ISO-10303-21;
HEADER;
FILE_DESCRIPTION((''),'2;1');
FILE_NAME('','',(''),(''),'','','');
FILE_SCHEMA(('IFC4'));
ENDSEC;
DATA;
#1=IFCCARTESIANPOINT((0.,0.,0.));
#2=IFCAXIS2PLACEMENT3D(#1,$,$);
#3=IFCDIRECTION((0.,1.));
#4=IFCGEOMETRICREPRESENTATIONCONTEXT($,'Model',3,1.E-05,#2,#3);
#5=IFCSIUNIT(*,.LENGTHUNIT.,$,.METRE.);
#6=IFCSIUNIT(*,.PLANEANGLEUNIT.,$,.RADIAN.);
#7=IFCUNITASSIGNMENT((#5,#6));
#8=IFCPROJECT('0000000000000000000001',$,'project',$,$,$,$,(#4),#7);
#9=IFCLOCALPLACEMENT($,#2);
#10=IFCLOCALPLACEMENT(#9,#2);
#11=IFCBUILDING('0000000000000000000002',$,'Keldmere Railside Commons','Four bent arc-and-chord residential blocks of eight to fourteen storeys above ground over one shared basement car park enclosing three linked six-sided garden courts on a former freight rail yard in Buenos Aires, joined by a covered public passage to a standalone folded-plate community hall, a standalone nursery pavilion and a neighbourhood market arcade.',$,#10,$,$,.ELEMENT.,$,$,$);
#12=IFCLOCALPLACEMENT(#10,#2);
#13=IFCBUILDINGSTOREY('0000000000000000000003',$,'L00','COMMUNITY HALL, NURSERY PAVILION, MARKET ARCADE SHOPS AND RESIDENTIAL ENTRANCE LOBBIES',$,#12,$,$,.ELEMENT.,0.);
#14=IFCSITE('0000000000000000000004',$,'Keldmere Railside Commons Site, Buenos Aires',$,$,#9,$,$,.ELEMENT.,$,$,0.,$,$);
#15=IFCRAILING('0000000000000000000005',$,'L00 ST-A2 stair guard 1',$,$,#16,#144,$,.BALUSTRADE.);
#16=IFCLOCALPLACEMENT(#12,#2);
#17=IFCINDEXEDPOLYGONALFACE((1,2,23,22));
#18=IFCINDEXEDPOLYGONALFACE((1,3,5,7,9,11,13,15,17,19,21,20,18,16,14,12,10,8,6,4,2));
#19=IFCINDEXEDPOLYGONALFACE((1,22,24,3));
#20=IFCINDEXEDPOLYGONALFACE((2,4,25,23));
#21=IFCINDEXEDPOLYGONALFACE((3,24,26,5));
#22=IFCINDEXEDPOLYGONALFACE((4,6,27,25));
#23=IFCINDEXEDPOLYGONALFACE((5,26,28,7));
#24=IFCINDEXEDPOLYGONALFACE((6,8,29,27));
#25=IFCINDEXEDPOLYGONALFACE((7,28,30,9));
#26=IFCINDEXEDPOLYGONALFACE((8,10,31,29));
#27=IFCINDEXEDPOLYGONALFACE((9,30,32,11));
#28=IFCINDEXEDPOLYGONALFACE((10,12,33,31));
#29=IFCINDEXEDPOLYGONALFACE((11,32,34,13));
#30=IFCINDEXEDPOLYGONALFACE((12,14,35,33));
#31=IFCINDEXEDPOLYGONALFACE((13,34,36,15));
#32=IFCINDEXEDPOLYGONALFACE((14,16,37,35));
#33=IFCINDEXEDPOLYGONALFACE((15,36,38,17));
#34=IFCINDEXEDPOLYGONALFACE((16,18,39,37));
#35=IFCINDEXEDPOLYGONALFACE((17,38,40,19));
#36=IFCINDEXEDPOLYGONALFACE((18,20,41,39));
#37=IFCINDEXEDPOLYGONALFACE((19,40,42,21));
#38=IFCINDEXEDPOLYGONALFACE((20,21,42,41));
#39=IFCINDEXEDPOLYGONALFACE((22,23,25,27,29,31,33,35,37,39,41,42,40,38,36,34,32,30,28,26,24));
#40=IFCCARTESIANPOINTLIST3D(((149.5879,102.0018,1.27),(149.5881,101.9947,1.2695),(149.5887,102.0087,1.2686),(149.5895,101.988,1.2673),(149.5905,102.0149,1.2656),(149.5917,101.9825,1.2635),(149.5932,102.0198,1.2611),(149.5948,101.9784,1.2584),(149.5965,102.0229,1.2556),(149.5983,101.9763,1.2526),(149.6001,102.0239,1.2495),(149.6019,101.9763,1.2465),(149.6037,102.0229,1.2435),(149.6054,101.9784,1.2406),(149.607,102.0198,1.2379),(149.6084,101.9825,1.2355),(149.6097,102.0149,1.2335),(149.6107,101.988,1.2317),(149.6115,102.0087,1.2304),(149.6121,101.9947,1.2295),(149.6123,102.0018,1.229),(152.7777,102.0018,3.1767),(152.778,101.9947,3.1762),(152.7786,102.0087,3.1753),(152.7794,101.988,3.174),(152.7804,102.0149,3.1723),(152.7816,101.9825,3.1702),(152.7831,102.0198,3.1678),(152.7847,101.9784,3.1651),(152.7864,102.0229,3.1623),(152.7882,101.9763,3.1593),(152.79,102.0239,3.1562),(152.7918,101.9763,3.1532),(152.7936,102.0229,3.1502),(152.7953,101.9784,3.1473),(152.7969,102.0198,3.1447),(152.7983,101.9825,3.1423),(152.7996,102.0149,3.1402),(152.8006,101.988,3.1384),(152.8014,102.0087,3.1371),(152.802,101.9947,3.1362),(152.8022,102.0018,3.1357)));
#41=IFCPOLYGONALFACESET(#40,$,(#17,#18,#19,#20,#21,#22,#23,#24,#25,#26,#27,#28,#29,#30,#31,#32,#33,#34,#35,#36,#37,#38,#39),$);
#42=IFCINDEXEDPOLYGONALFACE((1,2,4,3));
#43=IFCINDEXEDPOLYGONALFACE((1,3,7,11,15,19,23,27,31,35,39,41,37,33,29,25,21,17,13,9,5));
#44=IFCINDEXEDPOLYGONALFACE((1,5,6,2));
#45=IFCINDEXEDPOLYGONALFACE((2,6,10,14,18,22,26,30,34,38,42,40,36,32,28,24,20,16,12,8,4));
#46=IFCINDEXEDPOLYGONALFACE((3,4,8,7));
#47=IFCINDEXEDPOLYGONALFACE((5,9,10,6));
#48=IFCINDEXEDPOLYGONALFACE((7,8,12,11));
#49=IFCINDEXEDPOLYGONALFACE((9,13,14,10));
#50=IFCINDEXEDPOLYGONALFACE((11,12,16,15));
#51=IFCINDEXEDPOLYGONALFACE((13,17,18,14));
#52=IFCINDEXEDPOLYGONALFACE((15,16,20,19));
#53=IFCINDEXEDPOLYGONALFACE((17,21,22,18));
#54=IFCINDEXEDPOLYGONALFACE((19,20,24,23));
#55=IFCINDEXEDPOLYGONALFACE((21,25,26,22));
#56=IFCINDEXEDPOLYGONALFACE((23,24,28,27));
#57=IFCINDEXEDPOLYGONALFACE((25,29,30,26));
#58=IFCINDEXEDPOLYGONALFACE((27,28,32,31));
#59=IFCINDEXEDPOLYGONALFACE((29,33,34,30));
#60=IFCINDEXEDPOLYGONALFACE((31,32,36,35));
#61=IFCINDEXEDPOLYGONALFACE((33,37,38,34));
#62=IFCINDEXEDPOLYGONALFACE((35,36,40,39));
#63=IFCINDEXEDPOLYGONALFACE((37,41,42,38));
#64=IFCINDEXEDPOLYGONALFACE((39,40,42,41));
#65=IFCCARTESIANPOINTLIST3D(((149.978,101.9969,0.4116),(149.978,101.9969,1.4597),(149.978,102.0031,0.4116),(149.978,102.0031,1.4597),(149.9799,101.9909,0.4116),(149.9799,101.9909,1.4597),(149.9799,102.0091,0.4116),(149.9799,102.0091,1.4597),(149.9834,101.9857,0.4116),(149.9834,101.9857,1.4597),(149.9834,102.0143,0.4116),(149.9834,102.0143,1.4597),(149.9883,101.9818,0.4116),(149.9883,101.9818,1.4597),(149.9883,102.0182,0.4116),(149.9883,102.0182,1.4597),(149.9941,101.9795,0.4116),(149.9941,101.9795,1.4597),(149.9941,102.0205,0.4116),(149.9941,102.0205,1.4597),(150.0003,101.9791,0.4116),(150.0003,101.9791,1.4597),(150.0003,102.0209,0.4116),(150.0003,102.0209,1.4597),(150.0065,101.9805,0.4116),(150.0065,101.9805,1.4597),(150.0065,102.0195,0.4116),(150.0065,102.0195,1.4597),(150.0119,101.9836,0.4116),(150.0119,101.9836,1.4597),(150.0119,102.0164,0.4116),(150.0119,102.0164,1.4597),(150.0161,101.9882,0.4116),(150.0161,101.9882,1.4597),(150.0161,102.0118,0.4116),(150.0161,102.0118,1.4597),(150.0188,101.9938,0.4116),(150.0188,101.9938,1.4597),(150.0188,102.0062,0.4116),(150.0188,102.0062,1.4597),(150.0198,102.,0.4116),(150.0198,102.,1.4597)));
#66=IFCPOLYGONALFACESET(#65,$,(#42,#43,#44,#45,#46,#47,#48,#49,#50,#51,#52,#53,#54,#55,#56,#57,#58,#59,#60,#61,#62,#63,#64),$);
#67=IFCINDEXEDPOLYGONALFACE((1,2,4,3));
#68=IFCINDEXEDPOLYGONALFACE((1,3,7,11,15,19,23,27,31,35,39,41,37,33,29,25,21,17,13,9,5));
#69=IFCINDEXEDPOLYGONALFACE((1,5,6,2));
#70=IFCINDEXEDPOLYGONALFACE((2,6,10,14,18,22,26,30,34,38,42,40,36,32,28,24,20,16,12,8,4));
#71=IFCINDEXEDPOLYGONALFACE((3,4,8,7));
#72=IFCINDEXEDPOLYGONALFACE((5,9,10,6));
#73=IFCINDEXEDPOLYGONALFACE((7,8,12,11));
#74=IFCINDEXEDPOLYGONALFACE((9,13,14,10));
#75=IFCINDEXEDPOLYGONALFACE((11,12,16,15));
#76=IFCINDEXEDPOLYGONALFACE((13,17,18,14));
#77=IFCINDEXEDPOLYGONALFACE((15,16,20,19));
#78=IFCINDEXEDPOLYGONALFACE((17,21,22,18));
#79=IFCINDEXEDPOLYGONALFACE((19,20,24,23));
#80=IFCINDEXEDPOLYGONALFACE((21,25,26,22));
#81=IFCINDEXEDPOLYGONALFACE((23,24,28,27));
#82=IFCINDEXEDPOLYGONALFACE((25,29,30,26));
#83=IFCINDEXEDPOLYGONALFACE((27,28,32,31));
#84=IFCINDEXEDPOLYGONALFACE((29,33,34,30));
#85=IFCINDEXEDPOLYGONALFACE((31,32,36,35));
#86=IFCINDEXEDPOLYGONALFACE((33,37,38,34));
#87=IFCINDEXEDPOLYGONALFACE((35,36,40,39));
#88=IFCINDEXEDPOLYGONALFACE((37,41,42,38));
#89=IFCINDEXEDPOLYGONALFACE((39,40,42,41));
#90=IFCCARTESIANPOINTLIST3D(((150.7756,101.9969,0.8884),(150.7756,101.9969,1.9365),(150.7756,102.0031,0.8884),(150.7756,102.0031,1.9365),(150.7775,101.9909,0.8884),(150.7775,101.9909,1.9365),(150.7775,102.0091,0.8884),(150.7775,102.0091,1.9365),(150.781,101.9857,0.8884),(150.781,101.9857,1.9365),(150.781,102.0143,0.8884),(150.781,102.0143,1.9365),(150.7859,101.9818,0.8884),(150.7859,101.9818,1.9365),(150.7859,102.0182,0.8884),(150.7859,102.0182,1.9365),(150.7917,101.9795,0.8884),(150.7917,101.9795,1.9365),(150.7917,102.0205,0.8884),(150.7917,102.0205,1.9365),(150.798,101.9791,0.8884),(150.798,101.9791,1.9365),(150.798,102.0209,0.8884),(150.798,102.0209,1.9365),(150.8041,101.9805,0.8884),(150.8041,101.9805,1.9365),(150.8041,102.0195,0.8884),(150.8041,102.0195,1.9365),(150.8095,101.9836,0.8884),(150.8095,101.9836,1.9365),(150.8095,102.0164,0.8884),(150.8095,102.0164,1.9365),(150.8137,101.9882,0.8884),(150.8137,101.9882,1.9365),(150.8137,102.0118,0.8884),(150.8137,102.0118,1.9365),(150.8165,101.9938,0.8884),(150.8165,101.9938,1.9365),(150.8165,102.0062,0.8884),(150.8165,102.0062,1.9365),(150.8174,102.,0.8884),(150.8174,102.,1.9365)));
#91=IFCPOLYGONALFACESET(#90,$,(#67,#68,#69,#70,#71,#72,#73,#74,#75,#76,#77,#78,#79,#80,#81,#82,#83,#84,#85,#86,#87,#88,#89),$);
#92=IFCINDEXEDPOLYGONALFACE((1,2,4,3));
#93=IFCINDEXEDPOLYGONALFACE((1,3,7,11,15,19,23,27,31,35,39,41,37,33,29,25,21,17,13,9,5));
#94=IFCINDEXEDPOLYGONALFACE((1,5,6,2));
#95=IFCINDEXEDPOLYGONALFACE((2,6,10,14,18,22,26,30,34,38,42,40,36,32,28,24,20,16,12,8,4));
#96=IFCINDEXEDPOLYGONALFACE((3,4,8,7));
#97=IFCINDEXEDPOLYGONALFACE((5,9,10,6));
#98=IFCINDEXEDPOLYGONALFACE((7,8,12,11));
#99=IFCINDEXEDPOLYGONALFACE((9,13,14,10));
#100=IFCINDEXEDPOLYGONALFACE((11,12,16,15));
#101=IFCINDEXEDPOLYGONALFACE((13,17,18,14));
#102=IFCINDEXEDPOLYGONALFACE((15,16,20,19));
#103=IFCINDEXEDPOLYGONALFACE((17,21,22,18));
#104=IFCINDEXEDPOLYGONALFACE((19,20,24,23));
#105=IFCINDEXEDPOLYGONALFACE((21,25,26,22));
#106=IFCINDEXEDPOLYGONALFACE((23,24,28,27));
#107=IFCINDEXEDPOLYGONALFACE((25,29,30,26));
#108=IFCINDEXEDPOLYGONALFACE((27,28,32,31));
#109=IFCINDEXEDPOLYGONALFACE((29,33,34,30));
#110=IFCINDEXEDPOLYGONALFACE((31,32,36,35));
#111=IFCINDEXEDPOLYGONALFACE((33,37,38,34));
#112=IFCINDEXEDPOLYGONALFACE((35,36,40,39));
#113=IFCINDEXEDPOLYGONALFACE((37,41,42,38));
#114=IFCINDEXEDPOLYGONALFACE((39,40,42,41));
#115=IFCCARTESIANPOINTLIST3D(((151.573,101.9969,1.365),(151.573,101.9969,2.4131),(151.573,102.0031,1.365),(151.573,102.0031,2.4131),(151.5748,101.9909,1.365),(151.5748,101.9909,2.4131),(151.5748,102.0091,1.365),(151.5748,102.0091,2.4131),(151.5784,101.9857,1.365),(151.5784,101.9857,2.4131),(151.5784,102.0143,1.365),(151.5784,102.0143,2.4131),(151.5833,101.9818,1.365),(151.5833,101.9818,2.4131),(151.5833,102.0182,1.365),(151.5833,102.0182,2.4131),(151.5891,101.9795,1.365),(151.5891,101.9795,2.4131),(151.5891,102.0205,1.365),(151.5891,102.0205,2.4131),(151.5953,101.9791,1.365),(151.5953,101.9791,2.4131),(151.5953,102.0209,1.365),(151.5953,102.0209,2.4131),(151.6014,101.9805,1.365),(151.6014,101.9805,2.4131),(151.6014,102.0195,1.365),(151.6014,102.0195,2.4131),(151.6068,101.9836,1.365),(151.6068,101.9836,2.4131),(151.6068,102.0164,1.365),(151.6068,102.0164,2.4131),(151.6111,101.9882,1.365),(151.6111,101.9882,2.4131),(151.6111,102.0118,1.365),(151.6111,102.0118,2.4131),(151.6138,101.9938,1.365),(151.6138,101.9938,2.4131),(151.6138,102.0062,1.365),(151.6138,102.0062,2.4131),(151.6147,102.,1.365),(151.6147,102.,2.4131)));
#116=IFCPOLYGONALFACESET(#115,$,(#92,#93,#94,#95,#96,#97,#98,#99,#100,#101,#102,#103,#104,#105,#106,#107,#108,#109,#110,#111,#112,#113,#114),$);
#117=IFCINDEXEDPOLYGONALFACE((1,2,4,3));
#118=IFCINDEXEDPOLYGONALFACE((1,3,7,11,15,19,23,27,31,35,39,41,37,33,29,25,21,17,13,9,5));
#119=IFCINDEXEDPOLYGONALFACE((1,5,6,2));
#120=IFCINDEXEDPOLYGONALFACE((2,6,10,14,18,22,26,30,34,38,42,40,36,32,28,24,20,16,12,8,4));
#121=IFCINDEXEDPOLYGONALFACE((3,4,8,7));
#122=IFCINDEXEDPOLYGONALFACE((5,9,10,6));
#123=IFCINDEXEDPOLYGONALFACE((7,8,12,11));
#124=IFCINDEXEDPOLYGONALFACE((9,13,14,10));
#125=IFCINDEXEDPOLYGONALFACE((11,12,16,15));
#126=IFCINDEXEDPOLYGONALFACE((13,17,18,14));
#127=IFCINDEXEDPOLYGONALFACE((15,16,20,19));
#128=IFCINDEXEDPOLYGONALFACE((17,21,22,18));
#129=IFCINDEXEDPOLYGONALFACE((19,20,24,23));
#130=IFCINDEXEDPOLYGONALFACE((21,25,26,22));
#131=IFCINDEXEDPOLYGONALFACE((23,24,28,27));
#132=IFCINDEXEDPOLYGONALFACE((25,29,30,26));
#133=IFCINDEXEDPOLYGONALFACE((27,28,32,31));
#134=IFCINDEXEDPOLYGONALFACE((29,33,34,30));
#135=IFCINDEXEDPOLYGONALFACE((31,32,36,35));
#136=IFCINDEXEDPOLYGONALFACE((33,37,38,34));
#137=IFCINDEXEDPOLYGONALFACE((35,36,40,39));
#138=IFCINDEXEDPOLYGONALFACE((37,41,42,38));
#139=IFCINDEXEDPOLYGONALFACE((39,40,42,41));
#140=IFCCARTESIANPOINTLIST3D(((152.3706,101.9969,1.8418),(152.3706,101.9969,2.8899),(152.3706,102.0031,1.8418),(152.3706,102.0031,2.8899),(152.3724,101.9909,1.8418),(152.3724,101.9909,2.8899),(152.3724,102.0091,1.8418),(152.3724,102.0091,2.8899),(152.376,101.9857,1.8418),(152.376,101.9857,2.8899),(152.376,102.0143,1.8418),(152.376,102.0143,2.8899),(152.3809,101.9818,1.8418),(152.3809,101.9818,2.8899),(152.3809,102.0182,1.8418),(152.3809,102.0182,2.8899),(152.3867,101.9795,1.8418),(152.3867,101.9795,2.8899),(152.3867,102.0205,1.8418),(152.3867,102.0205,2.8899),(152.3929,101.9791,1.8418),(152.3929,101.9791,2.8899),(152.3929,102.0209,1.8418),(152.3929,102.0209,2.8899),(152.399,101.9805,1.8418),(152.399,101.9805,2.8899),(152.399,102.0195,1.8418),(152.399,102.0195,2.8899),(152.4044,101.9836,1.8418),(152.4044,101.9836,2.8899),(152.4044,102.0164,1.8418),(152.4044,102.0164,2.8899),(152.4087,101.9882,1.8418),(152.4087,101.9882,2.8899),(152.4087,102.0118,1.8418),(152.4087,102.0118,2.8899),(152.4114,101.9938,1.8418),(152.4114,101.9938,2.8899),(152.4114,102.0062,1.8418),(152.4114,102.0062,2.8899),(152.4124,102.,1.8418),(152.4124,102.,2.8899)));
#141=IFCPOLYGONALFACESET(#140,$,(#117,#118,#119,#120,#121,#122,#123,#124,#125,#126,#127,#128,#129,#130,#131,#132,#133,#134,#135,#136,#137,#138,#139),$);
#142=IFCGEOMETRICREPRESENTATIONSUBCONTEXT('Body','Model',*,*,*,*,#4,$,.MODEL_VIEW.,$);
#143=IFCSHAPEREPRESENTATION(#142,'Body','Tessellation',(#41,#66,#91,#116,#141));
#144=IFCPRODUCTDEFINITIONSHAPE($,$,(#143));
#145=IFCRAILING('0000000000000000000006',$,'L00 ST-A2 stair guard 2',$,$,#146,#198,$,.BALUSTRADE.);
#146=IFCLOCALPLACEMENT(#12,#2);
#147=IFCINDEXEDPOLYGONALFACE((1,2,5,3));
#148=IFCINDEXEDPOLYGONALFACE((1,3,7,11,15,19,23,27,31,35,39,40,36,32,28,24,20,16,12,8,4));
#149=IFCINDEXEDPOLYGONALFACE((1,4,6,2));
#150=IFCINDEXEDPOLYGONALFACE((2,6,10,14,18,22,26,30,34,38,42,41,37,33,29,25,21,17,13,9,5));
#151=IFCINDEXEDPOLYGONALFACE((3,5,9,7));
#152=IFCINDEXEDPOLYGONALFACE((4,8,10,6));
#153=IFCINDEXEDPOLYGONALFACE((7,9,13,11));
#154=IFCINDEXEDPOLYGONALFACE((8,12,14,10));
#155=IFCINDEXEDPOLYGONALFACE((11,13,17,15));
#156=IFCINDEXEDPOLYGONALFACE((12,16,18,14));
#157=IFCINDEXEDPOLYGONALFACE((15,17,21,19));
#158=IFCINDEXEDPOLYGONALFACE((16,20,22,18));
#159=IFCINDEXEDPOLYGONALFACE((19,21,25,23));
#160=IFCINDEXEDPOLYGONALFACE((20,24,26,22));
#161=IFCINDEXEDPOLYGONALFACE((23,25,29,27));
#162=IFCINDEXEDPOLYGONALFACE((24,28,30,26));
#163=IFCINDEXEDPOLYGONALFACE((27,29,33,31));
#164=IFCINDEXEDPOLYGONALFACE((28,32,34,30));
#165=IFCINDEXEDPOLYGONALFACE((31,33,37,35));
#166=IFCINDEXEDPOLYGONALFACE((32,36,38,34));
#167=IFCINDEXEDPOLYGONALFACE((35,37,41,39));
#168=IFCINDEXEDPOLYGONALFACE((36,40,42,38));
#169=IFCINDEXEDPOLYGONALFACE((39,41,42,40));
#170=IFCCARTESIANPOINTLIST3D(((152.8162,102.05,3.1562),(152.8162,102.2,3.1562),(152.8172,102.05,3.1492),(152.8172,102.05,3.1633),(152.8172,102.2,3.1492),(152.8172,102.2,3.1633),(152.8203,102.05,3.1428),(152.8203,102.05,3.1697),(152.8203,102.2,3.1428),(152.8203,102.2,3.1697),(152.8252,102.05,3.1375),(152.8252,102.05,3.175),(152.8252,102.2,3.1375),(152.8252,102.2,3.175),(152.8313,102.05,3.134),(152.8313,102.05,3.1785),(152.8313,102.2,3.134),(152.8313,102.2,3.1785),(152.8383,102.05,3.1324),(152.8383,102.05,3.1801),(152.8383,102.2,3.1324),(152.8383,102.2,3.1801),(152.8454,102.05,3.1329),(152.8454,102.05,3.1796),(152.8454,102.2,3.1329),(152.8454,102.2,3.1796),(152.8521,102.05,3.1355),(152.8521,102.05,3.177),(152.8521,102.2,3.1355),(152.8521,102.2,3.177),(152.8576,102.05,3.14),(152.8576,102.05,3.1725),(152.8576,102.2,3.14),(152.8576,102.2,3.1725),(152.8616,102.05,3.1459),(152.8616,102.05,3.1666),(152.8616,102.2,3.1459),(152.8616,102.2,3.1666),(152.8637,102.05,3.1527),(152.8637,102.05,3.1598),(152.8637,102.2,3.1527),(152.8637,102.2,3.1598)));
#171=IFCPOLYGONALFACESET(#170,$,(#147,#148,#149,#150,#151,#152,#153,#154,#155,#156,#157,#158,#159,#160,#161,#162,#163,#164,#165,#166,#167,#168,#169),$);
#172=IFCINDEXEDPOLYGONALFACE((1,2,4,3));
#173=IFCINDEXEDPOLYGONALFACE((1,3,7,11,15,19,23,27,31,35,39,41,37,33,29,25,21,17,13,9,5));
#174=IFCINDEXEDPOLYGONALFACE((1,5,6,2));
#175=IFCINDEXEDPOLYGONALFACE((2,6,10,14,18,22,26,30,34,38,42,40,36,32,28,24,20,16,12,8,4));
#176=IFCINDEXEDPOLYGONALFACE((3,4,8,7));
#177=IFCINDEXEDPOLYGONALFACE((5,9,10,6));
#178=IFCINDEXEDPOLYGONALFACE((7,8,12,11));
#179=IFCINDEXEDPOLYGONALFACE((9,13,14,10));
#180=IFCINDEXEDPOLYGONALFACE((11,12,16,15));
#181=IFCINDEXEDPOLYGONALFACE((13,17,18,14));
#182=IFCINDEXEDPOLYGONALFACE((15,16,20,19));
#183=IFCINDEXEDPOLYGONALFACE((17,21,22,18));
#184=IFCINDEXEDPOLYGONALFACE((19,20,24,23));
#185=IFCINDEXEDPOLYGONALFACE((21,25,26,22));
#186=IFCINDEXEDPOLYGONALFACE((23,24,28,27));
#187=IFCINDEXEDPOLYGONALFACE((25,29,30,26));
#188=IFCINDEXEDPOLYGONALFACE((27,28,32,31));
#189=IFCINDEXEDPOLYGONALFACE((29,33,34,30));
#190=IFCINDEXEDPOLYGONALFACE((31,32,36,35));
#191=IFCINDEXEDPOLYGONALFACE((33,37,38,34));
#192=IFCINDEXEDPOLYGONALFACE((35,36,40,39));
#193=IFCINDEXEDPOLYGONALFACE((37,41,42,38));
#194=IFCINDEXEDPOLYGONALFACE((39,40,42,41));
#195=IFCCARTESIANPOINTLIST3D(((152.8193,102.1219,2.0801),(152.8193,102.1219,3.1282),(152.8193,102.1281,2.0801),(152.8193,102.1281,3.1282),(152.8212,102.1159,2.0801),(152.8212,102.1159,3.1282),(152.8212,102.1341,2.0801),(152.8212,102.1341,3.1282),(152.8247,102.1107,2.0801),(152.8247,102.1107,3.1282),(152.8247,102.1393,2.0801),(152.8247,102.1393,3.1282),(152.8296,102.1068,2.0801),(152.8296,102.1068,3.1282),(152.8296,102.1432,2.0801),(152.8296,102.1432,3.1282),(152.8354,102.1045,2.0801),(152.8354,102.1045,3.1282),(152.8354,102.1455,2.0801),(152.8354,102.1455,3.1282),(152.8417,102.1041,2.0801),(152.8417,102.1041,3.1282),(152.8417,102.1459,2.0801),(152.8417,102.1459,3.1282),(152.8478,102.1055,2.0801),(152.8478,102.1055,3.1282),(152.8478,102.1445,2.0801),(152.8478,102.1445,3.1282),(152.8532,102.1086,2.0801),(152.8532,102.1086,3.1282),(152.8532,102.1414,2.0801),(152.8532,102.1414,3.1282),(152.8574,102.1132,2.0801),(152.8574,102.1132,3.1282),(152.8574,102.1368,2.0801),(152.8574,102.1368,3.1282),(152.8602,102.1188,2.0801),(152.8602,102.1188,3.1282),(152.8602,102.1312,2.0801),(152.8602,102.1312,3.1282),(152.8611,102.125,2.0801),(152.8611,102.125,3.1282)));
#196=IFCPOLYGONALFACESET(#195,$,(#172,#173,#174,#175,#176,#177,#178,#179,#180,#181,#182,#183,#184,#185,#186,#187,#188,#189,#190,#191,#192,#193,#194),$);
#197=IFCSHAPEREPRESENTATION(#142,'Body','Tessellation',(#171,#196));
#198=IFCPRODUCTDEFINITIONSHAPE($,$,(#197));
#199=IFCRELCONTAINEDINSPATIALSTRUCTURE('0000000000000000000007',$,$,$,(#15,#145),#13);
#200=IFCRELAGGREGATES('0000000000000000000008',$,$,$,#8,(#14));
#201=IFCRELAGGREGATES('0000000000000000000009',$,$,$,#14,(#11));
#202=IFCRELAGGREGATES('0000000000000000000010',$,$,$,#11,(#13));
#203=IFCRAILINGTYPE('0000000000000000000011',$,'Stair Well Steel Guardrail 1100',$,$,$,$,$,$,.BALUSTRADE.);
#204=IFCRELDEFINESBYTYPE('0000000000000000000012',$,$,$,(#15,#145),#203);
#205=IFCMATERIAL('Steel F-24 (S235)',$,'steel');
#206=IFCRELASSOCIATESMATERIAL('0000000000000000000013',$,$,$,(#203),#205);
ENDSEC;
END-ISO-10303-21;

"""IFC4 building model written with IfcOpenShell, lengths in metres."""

from ifc_helpers import new_model, si_unit, direction, frame, origin, origin_2d, place, context, subcontext, project, spatial, circle, extrude, material, type_object, element, save


model = new_model("IFC4")

# Units and contexts
model_context = context("Model", 3, precision=1e-05, world=origin(), true_north=direction((0.0, 1.0)))
body_context = subcontext(model_context, "Body", "Model", "MODEL_VIEW")
ifc_project = project(units=[si_unit("LENGTHUNIT", "METRE"), si_unit("PLANEANGLEUNIT", "RADIAN")], contexts=[model_context])

# Site, building, storey
site_placement = place(None, origin())
site = spatial("IfcSite", under=ifc_project, at=site_placement, Name="Keldmere Railside Commons Site, Buenos Aires", CompositionType="ELEMENT", RefElevation=0.0)
building_placement = place(site_placement, origin())
building = spatial("IfcBuilding", under=site, at=building_placement, Name="Keldmere Railside Commons", Description="Four bent arc-and-chord residential blocks of eight to fourteen storeys above ground over one shared basement car park enclosing three linked six-sided garden courts on a former freight rail yard in Buenos Aires, joined by a covered public passage to a standalone folded-plate community hall, a standalone nursery pavilion and a neighbourhood market arcade.", CompositionType="ELEMENT")
storey_placement = place(building_placement, origin())
storey = spatial("IfcBuildingStorey", under=building, at=storey_placement, Name="L00", Description="COMMUNITY HALL, NURSERY PAVILION, MARKET ARCADE SHOPS AND RESIDENTIAL ENTRANCE LOBBIES", CompositionType="ELEMENT", Elevation=0.0)

# Shared definitions
ifc_material_1 = material(Name="Steel F-24 (S235)", Category="steel")

# Railings
railing_type_1 = type_object("IfcRailingType", Name="Stair Well Steel Guardrail 1100", PredefinedType="BALUSTRADE", material=ifc_material_1)
railing_1_placement = place(storey_placement, frame((149.6001, 102.0, 0.1733)))
element("IfcRailing", 1, at=railing_1_placement, inside=storey, type_object=railing_type_1, Name="L00 ST-A2 stair guard 1", PredefinedType="BALUSTRADE", context=body_context, shape_type="SweptSolid", body=[
    extrude(circle(Radius=0.0239, at=origin_2d()), frame((0.0, 0.0, 1.0762), z_axis=(0.85835, 0.0, 0.513065), x_axis=(0.0, 1.0, 0.0)), (0.0, 0.0, 1.0), 3.7163),
    extrude(circle(Radius=0.021, at=origin_2d()), frame((0.3987, 0.0, 0.2383)), (0.0, 0.0, 1.0), 1.0481),
    extrude(circle(Radius=0.021, at=origin_2d()), frame((1.1963, 0.0, 0.7151)), (0.0, 0.0, 1.0), 1.0481),
    extrude(circle(Radius=0.021, at=origin_2d()), frame((1.9937, 0.0, 1.1917)), (0.0, 0.0, 1.0), 1.0481),
    extrude(circle(Radius=0.021, at=origin_2d()), frame((2.7913, 0.0, 1.6685)), (0.0, 0.0, 1.0), 1.0481),
])
railing_2_placement = place(storey_placement, frame((152.8401, 102.05, 2.0801)))
element("IfcRailing", 2, at=railing_2_placement, inside=storey, type_object=railing_type_1, Name="L00 ST-A2 stair guard 2", PredefinedType="BALUSTRADE", context=body_context, shape_type="SweptSolid", body=[
    extrude(circle(Radius=0.0239, at=origin_2d()), frame((0.0, 0.0, 1.0762), z_axis=(0.0, 1.0, 0.0), x_axis=(-1.0, 0.0, 0.0)), (0.0, 0.0, 1.0), 0.1499),
    extrude(circle(Radius=0.021, at=origin_2d()), frame((0.0, 0.075, 0.0)), (0.0, 0.0, 1.0), 1.0481),
])

save(model, "model.ifc")
